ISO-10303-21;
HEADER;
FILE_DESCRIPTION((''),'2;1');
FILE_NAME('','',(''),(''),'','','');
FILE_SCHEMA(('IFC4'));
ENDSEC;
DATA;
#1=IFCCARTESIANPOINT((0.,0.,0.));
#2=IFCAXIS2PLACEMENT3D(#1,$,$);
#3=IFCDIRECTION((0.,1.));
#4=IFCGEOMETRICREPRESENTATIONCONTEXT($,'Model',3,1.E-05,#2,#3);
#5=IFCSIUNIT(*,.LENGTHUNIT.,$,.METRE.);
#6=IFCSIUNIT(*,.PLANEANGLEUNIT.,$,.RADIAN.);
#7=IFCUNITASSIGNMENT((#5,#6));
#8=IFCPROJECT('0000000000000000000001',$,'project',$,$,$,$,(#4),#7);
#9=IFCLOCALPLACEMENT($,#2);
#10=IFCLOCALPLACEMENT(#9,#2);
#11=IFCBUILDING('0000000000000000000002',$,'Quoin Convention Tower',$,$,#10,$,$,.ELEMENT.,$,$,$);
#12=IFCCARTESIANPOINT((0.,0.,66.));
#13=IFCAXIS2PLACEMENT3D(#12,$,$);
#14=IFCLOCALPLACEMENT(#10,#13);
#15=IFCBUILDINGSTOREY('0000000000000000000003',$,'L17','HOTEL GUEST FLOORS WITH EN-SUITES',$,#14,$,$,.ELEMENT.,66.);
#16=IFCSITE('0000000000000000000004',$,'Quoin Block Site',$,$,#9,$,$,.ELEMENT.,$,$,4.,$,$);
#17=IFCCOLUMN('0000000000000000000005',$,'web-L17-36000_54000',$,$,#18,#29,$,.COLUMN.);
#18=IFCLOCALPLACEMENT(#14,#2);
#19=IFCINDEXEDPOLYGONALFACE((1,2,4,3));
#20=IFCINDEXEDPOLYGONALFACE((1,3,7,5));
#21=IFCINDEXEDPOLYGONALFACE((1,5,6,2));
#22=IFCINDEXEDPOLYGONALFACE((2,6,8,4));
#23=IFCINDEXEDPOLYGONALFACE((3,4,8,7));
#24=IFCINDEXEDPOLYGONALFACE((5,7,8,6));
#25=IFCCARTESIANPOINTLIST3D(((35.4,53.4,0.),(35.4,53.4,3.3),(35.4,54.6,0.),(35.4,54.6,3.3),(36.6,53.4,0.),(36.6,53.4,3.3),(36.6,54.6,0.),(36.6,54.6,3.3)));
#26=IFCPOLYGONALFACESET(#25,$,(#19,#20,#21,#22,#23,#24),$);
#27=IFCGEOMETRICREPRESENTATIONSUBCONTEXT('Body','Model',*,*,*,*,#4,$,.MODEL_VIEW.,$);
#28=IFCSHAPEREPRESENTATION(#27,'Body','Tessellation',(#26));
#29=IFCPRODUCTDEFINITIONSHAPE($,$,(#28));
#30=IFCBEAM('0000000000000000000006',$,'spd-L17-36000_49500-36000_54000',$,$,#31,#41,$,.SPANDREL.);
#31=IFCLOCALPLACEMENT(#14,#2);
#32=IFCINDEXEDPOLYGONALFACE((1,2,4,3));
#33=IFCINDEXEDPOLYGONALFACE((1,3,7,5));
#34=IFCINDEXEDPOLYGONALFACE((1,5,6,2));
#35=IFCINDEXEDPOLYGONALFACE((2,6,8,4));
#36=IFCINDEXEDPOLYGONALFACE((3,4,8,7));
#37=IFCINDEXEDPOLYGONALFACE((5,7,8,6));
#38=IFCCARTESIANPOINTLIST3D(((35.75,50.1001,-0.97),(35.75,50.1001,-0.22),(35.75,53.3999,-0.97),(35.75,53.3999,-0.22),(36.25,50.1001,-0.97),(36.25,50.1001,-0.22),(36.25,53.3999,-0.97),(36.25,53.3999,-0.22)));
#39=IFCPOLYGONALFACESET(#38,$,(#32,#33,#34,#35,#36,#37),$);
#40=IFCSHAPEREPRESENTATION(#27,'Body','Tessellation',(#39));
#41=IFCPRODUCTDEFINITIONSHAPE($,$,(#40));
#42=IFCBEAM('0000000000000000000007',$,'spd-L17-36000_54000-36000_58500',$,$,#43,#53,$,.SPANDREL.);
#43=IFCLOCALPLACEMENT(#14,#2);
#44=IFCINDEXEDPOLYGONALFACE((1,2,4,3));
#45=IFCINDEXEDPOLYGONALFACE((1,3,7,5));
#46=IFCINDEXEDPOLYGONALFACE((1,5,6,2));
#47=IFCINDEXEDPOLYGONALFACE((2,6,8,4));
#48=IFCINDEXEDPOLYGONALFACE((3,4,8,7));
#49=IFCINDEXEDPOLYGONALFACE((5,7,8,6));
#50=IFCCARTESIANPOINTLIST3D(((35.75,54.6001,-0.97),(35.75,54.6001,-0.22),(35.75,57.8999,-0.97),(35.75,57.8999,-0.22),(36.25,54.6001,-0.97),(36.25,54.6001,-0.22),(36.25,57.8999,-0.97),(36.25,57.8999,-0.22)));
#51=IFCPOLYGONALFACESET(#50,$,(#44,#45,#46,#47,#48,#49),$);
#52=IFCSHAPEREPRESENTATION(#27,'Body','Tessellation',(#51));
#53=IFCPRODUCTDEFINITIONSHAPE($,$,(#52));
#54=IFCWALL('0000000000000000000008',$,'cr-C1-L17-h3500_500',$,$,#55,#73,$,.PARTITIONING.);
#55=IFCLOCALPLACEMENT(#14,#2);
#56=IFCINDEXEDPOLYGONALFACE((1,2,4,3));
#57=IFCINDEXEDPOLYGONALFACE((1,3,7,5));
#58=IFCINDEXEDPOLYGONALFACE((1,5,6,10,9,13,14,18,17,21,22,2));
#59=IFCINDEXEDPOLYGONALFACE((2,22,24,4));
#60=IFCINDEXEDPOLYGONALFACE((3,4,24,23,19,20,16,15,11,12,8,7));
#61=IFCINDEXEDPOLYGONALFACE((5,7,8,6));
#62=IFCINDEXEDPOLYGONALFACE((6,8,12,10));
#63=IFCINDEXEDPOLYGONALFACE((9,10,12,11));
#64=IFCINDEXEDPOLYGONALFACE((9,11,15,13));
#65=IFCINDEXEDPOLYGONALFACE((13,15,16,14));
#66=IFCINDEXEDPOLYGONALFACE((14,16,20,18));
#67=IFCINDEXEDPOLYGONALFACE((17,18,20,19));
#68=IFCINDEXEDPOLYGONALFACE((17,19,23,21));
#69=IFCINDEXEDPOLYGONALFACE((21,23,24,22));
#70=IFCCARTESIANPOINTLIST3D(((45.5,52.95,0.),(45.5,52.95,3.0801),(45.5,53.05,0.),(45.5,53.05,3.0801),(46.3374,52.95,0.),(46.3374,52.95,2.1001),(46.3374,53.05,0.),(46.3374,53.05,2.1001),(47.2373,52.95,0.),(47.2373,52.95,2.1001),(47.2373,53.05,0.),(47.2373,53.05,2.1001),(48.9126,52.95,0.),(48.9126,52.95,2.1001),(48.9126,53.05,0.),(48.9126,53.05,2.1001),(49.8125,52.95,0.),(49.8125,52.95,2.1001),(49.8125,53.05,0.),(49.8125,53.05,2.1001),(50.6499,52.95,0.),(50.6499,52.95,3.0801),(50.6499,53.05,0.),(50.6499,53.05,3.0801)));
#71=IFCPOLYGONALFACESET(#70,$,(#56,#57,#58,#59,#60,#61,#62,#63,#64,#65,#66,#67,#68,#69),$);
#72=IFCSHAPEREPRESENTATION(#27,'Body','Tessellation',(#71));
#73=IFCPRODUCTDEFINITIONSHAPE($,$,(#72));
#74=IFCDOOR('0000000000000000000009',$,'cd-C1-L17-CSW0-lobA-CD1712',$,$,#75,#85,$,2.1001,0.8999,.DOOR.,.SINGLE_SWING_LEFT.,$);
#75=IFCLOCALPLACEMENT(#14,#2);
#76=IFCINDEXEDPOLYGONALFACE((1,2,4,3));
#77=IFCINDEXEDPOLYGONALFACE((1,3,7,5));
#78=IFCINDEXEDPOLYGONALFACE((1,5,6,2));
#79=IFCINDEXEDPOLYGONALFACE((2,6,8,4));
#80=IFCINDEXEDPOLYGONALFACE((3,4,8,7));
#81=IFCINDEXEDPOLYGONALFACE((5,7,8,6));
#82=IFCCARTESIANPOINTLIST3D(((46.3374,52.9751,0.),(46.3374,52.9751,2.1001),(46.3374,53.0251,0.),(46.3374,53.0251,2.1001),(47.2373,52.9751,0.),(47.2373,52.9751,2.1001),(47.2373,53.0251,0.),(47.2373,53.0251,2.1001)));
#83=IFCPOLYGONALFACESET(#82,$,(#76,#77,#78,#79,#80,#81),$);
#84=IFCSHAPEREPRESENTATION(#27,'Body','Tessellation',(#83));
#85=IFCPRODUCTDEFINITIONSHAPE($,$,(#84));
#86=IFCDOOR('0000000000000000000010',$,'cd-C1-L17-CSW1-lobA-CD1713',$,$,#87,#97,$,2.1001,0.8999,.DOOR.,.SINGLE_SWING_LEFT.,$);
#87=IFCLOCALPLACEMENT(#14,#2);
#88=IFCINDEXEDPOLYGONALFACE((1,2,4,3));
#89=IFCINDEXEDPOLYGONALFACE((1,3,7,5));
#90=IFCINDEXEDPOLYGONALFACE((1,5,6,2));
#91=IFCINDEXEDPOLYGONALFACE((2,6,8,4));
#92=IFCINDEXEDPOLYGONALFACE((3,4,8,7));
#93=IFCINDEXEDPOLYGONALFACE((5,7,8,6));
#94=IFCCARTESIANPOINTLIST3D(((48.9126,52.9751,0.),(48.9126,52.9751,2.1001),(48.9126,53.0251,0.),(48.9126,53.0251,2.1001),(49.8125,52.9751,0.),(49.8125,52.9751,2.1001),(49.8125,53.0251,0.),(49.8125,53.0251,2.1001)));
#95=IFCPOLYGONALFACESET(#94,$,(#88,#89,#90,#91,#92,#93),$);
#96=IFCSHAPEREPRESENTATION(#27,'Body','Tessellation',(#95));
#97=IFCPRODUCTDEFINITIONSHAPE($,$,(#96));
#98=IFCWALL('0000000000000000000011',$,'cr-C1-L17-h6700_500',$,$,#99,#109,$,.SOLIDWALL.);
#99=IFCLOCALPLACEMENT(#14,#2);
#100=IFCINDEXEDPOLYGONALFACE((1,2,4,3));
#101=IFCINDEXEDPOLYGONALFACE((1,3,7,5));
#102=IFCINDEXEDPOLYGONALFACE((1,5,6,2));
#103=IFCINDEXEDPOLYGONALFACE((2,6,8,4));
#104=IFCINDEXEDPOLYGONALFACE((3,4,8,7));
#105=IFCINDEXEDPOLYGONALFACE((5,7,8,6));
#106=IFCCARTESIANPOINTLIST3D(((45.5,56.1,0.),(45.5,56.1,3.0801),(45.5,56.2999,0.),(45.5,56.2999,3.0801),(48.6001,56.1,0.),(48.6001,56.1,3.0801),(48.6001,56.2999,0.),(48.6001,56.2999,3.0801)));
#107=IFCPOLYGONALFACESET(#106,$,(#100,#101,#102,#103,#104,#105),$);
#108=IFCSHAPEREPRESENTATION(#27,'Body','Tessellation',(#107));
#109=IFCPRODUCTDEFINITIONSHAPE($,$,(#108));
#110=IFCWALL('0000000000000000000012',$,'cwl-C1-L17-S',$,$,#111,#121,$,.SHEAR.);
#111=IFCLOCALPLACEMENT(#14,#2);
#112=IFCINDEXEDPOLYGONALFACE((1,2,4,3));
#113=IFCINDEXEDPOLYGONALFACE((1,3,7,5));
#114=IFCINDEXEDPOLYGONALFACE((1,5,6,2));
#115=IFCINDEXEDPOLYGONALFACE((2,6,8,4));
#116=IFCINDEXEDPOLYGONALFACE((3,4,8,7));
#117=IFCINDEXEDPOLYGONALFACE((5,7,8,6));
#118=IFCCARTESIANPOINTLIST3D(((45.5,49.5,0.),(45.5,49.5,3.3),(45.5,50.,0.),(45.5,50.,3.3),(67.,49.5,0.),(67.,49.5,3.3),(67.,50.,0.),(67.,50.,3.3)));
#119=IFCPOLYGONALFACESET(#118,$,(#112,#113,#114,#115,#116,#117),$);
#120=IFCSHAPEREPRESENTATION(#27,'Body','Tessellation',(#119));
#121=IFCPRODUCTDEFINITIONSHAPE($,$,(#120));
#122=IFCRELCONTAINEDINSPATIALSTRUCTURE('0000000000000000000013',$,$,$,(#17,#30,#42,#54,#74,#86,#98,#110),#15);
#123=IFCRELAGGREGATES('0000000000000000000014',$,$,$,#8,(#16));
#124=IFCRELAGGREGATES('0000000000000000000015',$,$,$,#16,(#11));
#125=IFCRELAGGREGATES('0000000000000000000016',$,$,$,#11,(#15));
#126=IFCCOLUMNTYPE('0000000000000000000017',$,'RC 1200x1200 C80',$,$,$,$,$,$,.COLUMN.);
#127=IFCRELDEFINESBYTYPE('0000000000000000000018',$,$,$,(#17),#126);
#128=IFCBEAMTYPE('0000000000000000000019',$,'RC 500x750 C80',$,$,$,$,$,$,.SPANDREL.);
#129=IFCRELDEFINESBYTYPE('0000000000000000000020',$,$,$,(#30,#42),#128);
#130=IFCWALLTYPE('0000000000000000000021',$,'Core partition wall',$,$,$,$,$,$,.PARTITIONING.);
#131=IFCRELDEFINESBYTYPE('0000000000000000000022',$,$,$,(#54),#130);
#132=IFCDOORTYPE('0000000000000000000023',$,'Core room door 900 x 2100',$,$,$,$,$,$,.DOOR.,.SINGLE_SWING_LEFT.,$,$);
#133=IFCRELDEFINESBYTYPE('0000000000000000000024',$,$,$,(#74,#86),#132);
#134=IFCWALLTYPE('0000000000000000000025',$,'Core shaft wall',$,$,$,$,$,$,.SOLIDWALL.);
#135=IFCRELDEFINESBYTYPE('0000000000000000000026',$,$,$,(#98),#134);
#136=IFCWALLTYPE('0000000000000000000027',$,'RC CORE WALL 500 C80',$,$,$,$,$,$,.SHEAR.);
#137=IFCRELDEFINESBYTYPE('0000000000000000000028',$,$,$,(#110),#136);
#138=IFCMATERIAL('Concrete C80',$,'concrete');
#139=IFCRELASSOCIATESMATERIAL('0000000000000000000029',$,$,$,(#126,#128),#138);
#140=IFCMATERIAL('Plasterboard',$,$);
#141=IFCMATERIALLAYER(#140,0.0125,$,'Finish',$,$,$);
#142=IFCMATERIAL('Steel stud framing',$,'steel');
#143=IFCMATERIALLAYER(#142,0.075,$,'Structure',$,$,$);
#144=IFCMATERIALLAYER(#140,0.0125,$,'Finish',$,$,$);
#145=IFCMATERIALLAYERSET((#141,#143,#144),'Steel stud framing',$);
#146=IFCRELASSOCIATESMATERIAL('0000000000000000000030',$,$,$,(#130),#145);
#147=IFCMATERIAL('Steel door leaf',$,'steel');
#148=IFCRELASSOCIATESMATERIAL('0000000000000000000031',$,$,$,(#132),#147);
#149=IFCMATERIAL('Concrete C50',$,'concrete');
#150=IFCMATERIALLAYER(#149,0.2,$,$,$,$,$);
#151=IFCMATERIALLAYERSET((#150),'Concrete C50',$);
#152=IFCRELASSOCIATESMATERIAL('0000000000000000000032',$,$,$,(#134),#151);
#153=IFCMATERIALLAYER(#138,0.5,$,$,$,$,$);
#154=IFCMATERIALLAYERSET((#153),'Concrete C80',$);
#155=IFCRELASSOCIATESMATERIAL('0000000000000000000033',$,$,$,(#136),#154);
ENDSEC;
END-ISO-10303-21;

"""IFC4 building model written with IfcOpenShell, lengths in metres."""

from ifc_helpers import new_model, si_unit, direction, frame, frame_2d, origin, origin_2d, place, context, subcontext, project, spatial, rectangle, extrude, material, layer, layer_set, material_profile, profile_set, type_object, element, fill, save


model = new_model("IFC4")

# Units and contexts
model_context = context("Model", 3, precision=1e-05, world=origin(), true_north=direction((0.0, 1.0)))
body_context = subcontext(model_context, "Body", "Model", "MODEL_VIEW")
ifc_project = project(units=[si_unit("LENGTHUNIT", "METRE"), si_unit("PLANEANGLEUNIT", "RADIAN")], contexts=[model_context])

# Site, building, storey
site_placement = place(None, origin())
site = spatial("IfcSite", under=ifc_project, at=site_placement, Name="Quoin Block Site", CompositionType="ELEMENT", RefElevation=4.0)
building_placement = place(site_placement, origin())
building = spatial("IfcBuilding", under=site, at=building_placement, Name="Quoin Convention Tower", CompositionType="ELEMENT")
storey_placement = place(building_placement, frame((0.0, 0.0, 66.0)))
storey = spatial("IfcBuildingStorey", under=building, at=storey_placement, Name="L17", Description="HOTEL GUEST FLOORS WITH EN-SUITES", CompositionType="ELEMENT", Elevation=66.0)

# Column
ifc_material_1 = material(Name="Concrete C80", Category="concrete")
ifc_material_profile_1 = material_profile(ifc_material_1, rectangle(XDim=1.2, YDim=1.2, at=origin_2d()), Name="RC 1200x1200")
ifc_profile_set_1 = profile_set([ifc_material_profile_1], Name="Concrete C80")
column_type = type_object("IfcColumnType", Name="RC 1200x1200 C80", PredefinedType="COLUMN", material=ifc_profile_set_1)
column_placement = place(storey_placement, frame((36.0, 54.0, 0.0), z_axis=(0.0, 0.0, 1.0), x_axis=(1.0, 0.0, 0.0)))
element("IfcColumn", 1, at=column_placement, inside=storey, type_object=column_type, Name="web-L17-36000_54000", PredefinedType="COLUMN", context=body_context, shape_type="SweptSolid", body=[
    extrude(rectangle(XDim=1.2, YDim=1.2, at=origin_2d()), origin(), (0.0, 0.0, 1.0), 3.3),
])

# Beams
ifc_material_profile_2 = material_profile(ifc_material_1, rectangle(XDim=0.5, YDim=0.75, at=origin_2d()), Name="RC 500x750")
ifc_profile_set_2 = profile_set([ifc_material_profile_2], Name="Concrete C80")
beam_type = type_object("IfcBeamType", Name="RC 500x750 C80", PredefinedType="SPANDREL", material=ifc_profile_set_2)
for number, where, z_axis, x_axis, name in (
    (2, (36.0, 50.1001, -0.595), (0.0, 1.0, 0.0), (-1.0, 0.0, 0.0), "spd-L17-36000_49500-36000_54000"),
    (3, (36.0, 54.6001, -0.595), (0.0, 1.0, 0.0), (-1.0, 0.0, 0.0), "spd-L17-36000_54000-36000_58500"),
):
    element("IfcBeam", number, at=place(storey_placement, frame(where, z_axis=z_axis, x_axis=x_axis)), inside=storey, type_object=beam_type, Name=name, PredefinedType="SPANDREL", context=body_context, shape_type="SweptSolid", body=[
        extrude(rectangle(XDim=0.5, YDim=0.75, at=origin_2d()), origin(), (0.0, 0.0, 1.0), 3.2998),
    ])

# Wall, openings, doors
ifc_material_2 = material(Name="Plasterboard")
ifc_layer_1 = layer(ifc_material_2, 0.0125, Name="Finish")
ifc_material_3 = material(Name="Steel stud framing", Category="steel")
ifc_layer_2 = layer(ifc_material_3, 0.075, Name="Structure")
ifc_layer_3 = layer(ifc_material_2, 0.0125, Name="Finish")
ifc_layer_set_1 = layer_set([ifc_layer_1, ifc_layer_2, ifc_layer_3], Name="Steel stud framing")
wall_type_1 = type_object("IfcWallType", Name="Core partition wall", PredefinedType="PARTITIONING", material=ifc_layer_set_1)
wall_1_placement = place(storey_placement, frame((45.5, 53.0, 0.0), z_axis=(0.0, 0.0, 1.0), x_axis=(1.0, 0.0, 0.0)))
wall_1 = element("IfcWall", 4, at=wall_1_placement, inside=storey, type_object=wall_type_1, Name="cr-C1-L17-h3500_500", PredefinedType="PARTITIONING", context=body_context, shape_type="SweptSolid", body=[
    extrude(rectangle(XDim=5.1499, YDim=0.1001, at=frame_2d((2.575, 0.0))), origin(), (0.0, 0.0, 1.0), 3.0801),
])
opening_1_placement = place(wall_1_placement, frame((0.8374, 0.0, 0.0)))
opening_1 = element("IfcOpeningElement", 5, at=opening_1_placement, cuts=wall_1, PredefinedType="OPENING", context=body_context, shape_type="SweptSolid", body=[
    extrude(rectangle(XDim=0.8999, YDim=2.1001, at=frame_2d((0.45, 1.05))), frame((0.0, 0.0601, 0.0), z_axis=(0.0, -1.0, 0.0), x_axis=(1.0, 0.0, 0.0)), (0.0, 0.0, 1.0), 0.1201),
])
opening_2_placement = place(wall_1_placement, frame((3.4126, 0.0, 0.0)))
opening_2 = element("IfcOpeningElement", 6, at=opening_2_placement, cuts=wall_1, PredefinedType="OPENING", context=body_context, shape_type="SweptSolid", body=[
    extrude(rectangle(XDim=0.8999, YDim=2.1001, at=frame_2d((0.45, 1.05))), frame((0.0, 0.0601, 0.0), z_axis=(0.0, -1.0, 0.0), x_axis=(1.0, 0.0, 0.0)), (0.0, 0.0, 1.0), 0.1201),
])
ifc_material_4 = material(Name="Steel door leaf", Category="steel")
door_type_1 = type_object("IfcDoorType", Name="Core room door 900 x 2100", OperationType="SINGLE_SWING_LEFT", PredefinedType="DOOR", material=ifc_material_4)
door_1_placement = place(opening_1_placement, frame((0.8999, 0.0, 0.0), z_axis=(0.0, 0.0, 1.0), x_axis=(-1.0, 0.0, 0.0)))
door_1 = element("IfcDoor", 7, at=door_1_placement, inside=storey, type_object=door_type_1, Name="cd-C1-L17-CSW0-lobA-CD1712", OperationType="SINGLE_SWING_LEFT", OverallHeight=2.1001, OverallWidth=0.8999, PredefinedType="DOOR", context=body_context, shape_type="SweptSolid", body=[
    extrude(rectangle(XDim=0.8999, YDim=2.1001, at=frame_2d((0.45, 1.05))), frame((0.0, 0.0249, 0.0), z_axis=(0.0, -1.0, 0.0), x_axis=(1.0, 0.0, 0.0)), (0.0, 0.0, 1.0), 0.05),
])
fill(opening_1, door_1)
door_2_placement = place(opening_2_placement, frame((0.8999, 0.0, 0.0), z_axis=(0.0, 0.0, 1.0), x_axis=(-1.0, 0.0, 0.0)))
door_2 = element("IfcDoor", 8, at=door_2_placement, inside=storey, type_object=door_type_1, Name="cd-C1-L17-CSW1-lobA-CD1713", OperationType="SINGLE_SWING_LEFT", OverallHeight=2.1001, OverallWidth=0.8999, PredefinedType="DOOR", context=body_context, shape_type="SweptSolid", body=[
    extrude(rectangle(XDim=0.8999, YDim=2.1001, at=frame_2d((0.45, 1.05))), frame((0.0, 0.0249, 0.0), z_axis=(0.0, -1.0, 0.0), x_axis=(1.0, 0.0, 0.0)), (0.0, 0.0, 1.0), 0.05),
])
fill(opening_2, door_2)

# Walls
ifc_material_5 = material(Name="Concrete C50", Category="concrete")
ifc_layer_4 = layer(ifc_material_5, 0.2)
ifc_layer_set_2 = layer_set([ifc_layer_4], Name="Concrete C50")
wall_type_2 = type_object("IfcWallType", Name="Core shaft wall", PredefinedType="SOLIDWALL", material=ifc_layer_set_2)
wall_2_placement = place(storey_placement, frame((45.5, 56.2, 0.0), z_axis=(0.0, 0.0, 1.0), x_axis=(1.0, 0.0, 0.0)))
element("IfcWall", 9, at=wall_2_placement, inside=storey, type_object=wall_type_2, Name="cr-C1-L17-h6700_500", PredefinedType="SOLIDWALL", context=body_context, shape_type="SweptSolid", body=[
    extrude(rectangle(XDim=3.1001, YDim=0.2, at=frame_2d((1.55, 0.0))), origin(), (0.0, 0.0, 1.0), 3.0801),
])
ifc_layer_5 = layer(ifc_material_1, 0.5)
ifc_layer_set_3 = layer_set([ifc_layer_5], Name="Concrete C80")
wall_type_3 = type_object("IfcWallType", Name="RC CORE WALL 500 C80", PredefinedType="SHEAR", material=ifc_layer_set_3)
wall_3_placement = place(storey_placement, frame((45.5, 49.75, 0.0), z_axis=(0.0, 0.0, 1.0), x_axis=(1.0, 0.0, 0.0)))
element("IfcWall", 10, at=wall_3_placement, inside=storey, type_object=wall_type_3, Name="cwl-C1-L17-S", PredefinedType="SHEAR", context=body_context, shape_type="SweptSolid", body=[
    extrude(rectangle(XDim=21.5, YDim=0.5, at=frame_2d((10.75, 0.0))), origin(), (0.0, 0.0, 1.0), 3.3),
])

save(model, "model.ifc")
